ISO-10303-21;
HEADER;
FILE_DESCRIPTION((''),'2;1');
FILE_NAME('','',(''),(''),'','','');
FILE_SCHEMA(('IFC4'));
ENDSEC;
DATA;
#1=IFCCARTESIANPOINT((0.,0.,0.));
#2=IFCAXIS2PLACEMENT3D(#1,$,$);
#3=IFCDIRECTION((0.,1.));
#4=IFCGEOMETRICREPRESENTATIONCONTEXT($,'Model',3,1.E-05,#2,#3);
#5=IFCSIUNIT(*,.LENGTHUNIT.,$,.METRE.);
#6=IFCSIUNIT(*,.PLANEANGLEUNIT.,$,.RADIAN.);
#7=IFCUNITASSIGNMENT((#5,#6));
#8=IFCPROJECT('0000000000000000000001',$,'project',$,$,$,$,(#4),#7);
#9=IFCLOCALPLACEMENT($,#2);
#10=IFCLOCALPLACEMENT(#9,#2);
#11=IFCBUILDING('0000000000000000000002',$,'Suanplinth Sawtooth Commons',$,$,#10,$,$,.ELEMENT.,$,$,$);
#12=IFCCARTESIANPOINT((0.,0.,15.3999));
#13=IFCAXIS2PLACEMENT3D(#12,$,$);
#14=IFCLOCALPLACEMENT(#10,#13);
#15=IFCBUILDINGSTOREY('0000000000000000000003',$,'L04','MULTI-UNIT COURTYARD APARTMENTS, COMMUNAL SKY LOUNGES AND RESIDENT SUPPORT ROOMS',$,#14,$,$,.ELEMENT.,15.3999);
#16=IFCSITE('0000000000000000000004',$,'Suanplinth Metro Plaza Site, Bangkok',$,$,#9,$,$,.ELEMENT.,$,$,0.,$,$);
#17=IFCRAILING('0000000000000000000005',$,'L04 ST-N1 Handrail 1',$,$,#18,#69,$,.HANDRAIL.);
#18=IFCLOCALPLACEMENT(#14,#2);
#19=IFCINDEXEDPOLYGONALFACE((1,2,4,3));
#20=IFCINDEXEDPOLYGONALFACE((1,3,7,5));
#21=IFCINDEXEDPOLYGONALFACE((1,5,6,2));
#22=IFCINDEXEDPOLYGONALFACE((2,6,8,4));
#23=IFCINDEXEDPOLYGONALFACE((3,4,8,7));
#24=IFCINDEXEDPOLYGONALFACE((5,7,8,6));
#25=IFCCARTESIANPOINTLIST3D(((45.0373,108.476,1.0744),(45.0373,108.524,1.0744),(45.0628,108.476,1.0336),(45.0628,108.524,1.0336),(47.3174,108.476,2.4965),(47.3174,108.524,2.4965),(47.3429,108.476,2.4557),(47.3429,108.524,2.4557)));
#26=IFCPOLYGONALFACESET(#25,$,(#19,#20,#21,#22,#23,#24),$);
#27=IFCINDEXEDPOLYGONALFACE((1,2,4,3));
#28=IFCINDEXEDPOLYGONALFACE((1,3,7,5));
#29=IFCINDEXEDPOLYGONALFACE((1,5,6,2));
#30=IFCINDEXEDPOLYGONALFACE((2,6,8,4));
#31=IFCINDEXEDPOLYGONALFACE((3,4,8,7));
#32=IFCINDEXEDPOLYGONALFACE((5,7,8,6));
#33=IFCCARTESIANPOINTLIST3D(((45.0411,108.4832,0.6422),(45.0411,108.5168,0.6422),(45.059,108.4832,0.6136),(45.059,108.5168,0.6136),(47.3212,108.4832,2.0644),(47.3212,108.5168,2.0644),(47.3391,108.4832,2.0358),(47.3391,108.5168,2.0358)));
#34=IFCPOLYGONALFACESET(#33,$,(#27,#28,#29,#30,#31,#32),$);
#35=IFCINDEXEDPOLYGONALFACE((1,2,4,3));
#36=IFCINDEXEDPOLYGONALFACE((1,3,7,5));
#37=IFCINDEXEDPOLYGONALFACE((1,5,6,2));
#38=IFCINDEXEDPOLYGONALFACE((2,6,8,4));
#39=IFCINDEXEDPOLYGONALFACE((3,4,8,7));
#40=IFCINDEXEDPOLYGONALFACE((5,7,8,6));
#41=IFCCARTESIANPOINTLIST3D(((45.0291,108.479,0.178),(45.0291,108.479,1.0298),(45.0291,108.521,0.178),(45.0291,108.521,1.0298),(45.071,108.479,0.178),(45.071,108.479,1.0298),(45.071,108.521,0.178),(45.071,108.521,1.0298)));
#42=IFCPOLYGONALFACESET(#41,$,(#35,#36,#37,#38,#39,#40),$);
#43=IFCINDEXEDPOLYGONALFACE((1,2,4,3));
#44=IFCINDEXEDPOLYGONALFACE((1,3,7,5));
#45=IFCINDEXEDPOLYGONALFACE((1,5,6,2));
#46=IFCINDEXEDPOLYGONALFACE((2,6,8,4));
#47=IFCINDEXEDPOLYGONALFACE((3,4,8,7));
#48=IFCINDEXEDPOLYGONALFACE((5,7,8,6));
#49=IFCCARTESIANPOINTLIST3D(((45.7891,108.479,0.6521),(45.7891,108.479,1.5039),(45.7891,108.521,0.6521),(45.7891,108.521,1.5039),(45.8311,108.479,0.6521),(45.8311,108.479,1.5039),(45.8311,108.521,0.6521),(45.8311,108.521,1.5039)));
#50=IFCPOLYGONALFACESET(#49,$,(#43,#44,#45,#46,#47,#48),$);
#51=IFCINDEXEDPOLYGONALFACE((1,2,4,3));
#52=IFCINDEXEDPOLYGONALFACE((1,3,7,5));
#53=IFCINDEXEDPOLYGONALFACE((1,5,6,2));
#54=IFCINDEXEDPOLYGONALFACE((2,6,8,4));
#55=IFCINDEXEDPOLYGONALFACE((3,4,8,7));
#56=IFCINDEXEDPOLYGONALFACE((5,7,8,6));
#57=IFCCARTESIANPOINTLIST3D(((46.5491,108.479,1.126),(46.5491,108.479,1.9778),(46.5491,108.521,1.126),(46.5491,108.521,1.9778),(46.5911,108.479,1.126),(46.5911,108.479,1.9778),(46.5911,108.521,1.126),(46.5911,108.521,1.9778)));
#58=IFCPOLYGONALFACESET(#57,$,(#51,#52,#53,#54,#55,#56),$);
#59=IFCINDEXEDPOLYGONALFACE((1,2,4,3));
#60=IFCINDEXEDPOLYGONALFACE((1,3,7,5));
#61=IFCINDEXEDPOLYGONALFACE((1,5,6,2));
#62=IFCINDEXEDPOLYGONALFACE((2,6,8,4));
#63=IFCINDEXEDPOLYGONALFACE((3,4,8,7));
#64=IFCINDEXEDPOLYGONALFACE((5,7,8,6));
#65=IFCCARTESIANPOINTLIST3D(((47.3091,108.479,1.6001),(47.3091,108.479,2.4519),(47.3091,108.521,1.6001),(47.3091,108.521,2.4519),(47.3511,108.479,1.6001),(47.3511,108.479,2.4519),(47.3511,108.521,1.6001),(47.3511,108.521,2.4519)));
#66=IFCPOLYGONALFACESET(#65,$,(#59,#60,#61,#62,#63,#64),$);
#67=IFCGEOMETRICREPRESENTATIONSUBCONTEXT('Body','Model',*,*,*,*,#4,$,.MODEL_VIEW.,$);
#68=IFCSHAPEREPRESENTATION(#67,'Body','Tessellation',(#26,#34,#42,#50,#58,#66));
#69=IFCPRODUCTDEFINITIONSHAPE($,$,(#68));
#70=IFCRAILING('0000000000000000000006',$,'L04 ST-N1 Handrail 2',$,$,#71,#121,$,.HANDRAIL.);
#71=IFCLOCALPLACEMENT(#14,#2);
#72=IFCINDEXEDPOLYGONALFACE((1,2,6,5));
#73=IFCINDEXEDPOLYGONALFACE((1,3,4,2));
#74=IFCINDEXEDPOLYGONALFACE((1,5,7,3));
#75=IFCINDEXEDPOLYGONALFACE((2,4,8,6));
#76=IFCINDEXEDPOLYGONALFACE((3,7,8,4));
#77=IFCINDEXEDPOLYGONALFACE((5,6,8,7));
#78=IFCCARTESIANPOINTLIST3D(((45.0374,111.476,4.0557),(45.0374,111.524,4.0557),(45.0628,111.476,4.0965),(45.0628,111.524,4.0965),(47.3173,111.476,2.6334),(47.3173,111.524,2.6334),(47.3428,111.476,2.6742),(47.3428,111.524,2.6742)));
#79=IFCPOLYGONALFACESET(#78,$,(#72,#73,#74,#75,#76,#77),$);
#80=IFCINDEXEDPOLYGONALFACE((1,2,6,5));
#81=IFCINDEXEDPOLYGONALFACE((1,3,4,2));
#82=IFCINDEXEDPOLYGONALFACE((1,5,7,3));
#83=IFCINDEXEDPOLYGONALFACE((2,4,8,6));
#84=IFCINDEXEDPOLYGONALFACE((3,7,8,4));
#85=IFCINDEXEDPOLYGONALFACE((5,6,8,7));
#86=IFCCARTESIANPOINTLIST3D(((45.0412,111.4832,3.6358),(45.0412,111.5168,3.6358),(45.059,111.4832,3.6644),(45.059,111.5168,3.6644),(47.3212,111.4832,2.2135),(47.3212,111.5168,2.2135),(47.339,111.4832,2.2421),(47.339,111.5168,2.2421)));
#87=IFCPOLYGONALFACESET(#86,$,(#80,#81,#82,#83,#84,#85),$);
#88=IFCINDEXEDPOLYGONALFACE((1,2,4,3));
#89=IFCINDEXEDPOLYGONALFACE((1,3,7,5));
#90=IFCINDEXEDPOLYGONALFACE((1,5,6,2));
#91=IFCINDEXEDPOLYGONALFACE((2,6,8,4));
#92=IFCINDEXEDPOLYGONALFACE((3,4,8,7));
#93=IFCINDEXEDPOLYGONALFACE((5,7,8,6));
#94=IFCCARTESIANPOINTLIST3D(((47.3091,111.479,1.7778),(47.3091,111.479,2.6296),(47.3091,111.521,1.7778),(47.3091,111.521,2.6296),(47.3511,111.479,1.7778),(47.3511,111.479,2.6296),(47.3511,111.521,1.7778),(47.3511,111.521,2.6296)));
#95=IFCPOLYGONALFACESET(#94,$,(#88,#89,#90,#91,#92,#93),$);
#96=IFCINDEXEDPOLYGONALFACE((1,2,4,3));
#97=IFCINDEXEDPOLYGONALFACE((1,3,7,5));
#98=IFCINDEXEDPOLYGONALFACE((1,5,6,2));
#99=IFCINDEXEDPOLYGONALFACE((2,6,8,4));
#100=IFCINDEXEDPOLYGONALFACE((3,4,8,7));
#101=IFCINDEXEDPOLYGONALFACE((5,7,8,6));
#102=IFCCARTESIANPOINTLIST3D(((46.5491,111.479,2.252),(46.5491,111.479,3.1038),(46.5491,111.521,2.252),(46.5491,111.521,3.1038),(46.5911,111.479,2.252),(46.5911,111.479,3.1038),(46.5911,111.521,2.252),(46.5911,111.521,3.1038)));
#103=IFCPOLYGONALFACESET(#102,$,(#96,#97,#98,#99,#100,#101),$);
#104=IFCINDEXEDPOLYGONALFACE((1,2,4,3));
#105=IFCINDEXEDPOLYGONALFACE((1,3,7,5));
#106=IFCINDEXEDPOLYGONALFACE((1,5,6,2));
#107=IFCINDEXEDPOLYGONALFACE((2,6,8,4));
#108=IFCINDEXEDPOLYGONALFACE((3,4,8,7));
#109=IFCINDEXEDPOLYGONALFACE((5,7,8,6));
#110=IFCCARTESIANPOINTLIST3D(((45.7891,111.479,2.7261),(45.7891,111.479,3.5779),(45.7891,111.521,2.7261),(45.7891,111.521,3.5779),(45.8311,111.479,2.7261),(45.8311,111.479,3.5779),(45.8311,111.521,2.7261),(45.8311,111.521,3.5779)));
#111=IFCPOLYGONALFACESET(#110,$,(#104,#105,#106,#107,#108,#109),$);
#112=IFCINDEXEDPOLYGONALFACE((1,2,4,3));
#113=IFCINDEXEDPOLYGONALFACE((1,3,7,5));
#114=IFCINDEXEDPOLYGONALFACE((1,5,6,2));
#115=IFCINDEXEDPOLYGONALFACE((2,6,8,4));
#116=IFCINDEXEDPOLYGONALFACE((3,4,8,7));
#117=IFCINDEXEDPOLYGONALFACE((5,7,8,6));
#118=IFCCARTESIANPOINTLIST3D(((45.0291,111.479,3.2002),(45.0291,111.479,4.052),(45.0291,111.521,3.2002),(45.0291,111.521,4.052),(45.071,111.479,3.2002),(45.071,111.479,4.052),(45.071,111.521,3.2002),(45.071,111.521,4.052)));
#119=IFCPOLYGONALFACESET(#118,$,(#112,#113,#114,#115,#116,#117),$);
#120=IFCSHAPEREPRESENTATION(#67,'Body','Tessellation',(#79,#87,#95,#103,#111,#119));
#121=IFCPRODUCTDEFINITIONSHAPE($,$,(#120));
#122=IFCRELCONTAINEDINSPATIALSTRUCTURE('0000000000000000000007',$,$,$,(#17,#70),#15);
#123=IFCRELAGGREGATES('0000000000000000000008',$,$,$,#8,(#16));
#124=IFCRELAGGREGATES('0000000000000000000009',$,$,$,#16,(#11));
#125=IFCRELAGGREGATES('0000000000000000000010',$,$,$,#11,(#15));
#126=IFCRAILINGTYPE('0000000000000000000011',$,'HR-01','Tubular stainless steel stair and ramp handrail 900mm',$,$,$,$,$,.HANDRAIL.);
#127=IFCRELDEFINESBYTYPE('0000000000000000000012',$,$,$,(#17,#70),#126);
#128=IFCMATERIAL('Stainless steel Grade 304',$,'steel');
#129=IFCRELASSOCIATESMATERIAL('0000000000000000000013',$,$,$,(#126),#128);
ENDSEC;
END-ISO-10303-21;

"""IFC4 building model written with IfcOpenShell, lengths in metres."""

from ifc_helpers import new_model, si_unit, direction, frame, origin, origin_2d, place, context, subcontext, project, spatial, rectangle, extrude, material, type_object, element, save


model = new_model("IFC4")

# Units and contexts
model_context = context("Model", 3, precision=1e-05, world=origin(), true_north=direction((0.0, 1.0)))
body_context = subcontext(model_context, "Body", "Model", "MODEL_VIEW")
ifc_project = project(units=[si_unit("LENGTHUNIT", "METRE"), si_unit("PLANEANGLEUNIT", "RADIAN")], contexts=[model_context])

# Site, building, storey
site_placement = place(None, origin())
site = spatial("IfcSite", under=ifc_project, at=site_placement, Name="Suanplinth Metro Plaza Site, Bangkok", CompositionType="ELEMENT", RefElevation=0.0)
building_placement = place(site_placement, origin())
building = spatial("IfcBuilding", under=site, at=building_placement, Name="Suanplinth Sawtooth Commons", CompositionType="ELEMENT")
storey_placement = place(building_placement, frame((0.0, 0.0, 15.3999)))
storey = spatial("IfcBuildingStorey", under=building, at=storey_placement, Name="L04", Description="MULTI-UNIT COURTYARD APARTMENTS, COMMUNAL SKY LOUNGES AND RESIDENT SUPPORT ROOMS", CompositionType="ELEMENT", Elevation=15.3999)

# Shared definitions
ifc_material_1 = material(Name="Stainless steel Grade 304", Category="steel")

# Railings
railing_type_1 = type_object("IfcRailingType", Name="HR-01", Description="Tubular stainless steel stair and ramp handrail 900mm", PredefinedType="HANDRAIL", material=ifc_material_1)
railing_1_placement = place(storey_placement, frame((45.05, 108.5, 0.178)))
element("IfcRailing", 1, at=railing_1_placement, inside=storey, type_object=railing_type_1, Name="L04 ST-N1 Handrail 1", PredefinedType="HANDRAIL", context=body_context, shape_type="SweptSolid", body=[
    extrude(rectangle(XDim=0.0481, YDim=0.0481, at=origin_2d()), frame((0.0, 0.0, 0.876), z_axis=(0.848483, 0.0, 0.529223), x_axis=(0.0, 1.0, 0.0)), (0.0, 0.0, 1.0), 2.6873),
    extrude(rectangle(XDim=0.0337, YDim=0.0337, at=origin_2d()), frame((0.0, 0.0, 0.45), z_axis=(0.848483, 0.0, 0.529223), x_axis=(0.0, 1.0, 0.0)), (0.0, 0.0, 1.0), 2.6873),
    extrude(rectangle(XDim=0.042, YDim=0.042, at=origin_2d()), origin(), (0.0, 0.0, 1.0), 0.8518),
    extrude(rectangle(XDim=0.042, YDim=0.042, at=origin_2d()), frame((0.76, 0.0, 0.4741)), (0.0, 0.0, 1.0), 0.8518),
    extrude(rectangle(XDim=0.042, YDim=0.042, at=origin_2d()), frame((1.52, 0.0, 0.948)), (0.0, 0.0, 1.0), 0.8518),
    extrude(rectangle(XDim=0.042, YDim=0.042, at=origin_2d()), frame((2.28, 0.0, 1.4221)), (0.0, 0.0, 1.0), 0.8518),
])
railing_2_placement = place(storey_placement, frame((47.3301, 111.5, 1.7778)))
element("IfcRailing", 2, at=railing_2_placement, inside=storey, type_object=railing_type_1, Name="L04 ST-N1 Handrail 2", PredefinedType="HANDRAIL", context=body_context, shape_type="SweptSolid", body=[
    extrude(rectangle(XDim=0.0481, YDim=0.0481, at=origin_2d()), frame((0.0, 0.0, 0.876), z_axis=(-0.848442, 0.0, 0.529288), x_axis=(0.0, -1.0, 0.0)), (0.0, 0.0, 1.0), 2.6873),
    extrude(rectangle(XDim=0.0337, YDim=0.0337, at=origin_2d()), frame((0.0, 0.0, 0.45), z_axis=(-0.848442, 0.0, 0.529288), x_axis=(0.0, -1.0, 0.0)), (0.0, 0.0, 1.0), 2.6873),
    extrude(rectangle(XDim=0.042, YDim=0.042, at=origin_2d()), origin(), (0.0, 0.0, 1.0), 0.8518),
    extrude(rectangle(XDim=0.042, YDim=0.042, at=origin_2d()), frame((-0.76, 0.0, 0.4741)), (0.0, 0.0, 1.0), 0.8518),
    extrude(rectangle(XDim=0.042, YDim=0.042, at=origin_2d()), frame((-1.52, 0.0, 0.9482)), (0.0, 0.0, 1.0), 0.8518),
    extrude(rectangle(XDim=0.042, YDim=0.042, at=origin_2d()), frame((-2.28, 0.0, 1.4224)), (0.0, 0.0, 1.0), 0.8518),
])

save(model, "model.ifc")
